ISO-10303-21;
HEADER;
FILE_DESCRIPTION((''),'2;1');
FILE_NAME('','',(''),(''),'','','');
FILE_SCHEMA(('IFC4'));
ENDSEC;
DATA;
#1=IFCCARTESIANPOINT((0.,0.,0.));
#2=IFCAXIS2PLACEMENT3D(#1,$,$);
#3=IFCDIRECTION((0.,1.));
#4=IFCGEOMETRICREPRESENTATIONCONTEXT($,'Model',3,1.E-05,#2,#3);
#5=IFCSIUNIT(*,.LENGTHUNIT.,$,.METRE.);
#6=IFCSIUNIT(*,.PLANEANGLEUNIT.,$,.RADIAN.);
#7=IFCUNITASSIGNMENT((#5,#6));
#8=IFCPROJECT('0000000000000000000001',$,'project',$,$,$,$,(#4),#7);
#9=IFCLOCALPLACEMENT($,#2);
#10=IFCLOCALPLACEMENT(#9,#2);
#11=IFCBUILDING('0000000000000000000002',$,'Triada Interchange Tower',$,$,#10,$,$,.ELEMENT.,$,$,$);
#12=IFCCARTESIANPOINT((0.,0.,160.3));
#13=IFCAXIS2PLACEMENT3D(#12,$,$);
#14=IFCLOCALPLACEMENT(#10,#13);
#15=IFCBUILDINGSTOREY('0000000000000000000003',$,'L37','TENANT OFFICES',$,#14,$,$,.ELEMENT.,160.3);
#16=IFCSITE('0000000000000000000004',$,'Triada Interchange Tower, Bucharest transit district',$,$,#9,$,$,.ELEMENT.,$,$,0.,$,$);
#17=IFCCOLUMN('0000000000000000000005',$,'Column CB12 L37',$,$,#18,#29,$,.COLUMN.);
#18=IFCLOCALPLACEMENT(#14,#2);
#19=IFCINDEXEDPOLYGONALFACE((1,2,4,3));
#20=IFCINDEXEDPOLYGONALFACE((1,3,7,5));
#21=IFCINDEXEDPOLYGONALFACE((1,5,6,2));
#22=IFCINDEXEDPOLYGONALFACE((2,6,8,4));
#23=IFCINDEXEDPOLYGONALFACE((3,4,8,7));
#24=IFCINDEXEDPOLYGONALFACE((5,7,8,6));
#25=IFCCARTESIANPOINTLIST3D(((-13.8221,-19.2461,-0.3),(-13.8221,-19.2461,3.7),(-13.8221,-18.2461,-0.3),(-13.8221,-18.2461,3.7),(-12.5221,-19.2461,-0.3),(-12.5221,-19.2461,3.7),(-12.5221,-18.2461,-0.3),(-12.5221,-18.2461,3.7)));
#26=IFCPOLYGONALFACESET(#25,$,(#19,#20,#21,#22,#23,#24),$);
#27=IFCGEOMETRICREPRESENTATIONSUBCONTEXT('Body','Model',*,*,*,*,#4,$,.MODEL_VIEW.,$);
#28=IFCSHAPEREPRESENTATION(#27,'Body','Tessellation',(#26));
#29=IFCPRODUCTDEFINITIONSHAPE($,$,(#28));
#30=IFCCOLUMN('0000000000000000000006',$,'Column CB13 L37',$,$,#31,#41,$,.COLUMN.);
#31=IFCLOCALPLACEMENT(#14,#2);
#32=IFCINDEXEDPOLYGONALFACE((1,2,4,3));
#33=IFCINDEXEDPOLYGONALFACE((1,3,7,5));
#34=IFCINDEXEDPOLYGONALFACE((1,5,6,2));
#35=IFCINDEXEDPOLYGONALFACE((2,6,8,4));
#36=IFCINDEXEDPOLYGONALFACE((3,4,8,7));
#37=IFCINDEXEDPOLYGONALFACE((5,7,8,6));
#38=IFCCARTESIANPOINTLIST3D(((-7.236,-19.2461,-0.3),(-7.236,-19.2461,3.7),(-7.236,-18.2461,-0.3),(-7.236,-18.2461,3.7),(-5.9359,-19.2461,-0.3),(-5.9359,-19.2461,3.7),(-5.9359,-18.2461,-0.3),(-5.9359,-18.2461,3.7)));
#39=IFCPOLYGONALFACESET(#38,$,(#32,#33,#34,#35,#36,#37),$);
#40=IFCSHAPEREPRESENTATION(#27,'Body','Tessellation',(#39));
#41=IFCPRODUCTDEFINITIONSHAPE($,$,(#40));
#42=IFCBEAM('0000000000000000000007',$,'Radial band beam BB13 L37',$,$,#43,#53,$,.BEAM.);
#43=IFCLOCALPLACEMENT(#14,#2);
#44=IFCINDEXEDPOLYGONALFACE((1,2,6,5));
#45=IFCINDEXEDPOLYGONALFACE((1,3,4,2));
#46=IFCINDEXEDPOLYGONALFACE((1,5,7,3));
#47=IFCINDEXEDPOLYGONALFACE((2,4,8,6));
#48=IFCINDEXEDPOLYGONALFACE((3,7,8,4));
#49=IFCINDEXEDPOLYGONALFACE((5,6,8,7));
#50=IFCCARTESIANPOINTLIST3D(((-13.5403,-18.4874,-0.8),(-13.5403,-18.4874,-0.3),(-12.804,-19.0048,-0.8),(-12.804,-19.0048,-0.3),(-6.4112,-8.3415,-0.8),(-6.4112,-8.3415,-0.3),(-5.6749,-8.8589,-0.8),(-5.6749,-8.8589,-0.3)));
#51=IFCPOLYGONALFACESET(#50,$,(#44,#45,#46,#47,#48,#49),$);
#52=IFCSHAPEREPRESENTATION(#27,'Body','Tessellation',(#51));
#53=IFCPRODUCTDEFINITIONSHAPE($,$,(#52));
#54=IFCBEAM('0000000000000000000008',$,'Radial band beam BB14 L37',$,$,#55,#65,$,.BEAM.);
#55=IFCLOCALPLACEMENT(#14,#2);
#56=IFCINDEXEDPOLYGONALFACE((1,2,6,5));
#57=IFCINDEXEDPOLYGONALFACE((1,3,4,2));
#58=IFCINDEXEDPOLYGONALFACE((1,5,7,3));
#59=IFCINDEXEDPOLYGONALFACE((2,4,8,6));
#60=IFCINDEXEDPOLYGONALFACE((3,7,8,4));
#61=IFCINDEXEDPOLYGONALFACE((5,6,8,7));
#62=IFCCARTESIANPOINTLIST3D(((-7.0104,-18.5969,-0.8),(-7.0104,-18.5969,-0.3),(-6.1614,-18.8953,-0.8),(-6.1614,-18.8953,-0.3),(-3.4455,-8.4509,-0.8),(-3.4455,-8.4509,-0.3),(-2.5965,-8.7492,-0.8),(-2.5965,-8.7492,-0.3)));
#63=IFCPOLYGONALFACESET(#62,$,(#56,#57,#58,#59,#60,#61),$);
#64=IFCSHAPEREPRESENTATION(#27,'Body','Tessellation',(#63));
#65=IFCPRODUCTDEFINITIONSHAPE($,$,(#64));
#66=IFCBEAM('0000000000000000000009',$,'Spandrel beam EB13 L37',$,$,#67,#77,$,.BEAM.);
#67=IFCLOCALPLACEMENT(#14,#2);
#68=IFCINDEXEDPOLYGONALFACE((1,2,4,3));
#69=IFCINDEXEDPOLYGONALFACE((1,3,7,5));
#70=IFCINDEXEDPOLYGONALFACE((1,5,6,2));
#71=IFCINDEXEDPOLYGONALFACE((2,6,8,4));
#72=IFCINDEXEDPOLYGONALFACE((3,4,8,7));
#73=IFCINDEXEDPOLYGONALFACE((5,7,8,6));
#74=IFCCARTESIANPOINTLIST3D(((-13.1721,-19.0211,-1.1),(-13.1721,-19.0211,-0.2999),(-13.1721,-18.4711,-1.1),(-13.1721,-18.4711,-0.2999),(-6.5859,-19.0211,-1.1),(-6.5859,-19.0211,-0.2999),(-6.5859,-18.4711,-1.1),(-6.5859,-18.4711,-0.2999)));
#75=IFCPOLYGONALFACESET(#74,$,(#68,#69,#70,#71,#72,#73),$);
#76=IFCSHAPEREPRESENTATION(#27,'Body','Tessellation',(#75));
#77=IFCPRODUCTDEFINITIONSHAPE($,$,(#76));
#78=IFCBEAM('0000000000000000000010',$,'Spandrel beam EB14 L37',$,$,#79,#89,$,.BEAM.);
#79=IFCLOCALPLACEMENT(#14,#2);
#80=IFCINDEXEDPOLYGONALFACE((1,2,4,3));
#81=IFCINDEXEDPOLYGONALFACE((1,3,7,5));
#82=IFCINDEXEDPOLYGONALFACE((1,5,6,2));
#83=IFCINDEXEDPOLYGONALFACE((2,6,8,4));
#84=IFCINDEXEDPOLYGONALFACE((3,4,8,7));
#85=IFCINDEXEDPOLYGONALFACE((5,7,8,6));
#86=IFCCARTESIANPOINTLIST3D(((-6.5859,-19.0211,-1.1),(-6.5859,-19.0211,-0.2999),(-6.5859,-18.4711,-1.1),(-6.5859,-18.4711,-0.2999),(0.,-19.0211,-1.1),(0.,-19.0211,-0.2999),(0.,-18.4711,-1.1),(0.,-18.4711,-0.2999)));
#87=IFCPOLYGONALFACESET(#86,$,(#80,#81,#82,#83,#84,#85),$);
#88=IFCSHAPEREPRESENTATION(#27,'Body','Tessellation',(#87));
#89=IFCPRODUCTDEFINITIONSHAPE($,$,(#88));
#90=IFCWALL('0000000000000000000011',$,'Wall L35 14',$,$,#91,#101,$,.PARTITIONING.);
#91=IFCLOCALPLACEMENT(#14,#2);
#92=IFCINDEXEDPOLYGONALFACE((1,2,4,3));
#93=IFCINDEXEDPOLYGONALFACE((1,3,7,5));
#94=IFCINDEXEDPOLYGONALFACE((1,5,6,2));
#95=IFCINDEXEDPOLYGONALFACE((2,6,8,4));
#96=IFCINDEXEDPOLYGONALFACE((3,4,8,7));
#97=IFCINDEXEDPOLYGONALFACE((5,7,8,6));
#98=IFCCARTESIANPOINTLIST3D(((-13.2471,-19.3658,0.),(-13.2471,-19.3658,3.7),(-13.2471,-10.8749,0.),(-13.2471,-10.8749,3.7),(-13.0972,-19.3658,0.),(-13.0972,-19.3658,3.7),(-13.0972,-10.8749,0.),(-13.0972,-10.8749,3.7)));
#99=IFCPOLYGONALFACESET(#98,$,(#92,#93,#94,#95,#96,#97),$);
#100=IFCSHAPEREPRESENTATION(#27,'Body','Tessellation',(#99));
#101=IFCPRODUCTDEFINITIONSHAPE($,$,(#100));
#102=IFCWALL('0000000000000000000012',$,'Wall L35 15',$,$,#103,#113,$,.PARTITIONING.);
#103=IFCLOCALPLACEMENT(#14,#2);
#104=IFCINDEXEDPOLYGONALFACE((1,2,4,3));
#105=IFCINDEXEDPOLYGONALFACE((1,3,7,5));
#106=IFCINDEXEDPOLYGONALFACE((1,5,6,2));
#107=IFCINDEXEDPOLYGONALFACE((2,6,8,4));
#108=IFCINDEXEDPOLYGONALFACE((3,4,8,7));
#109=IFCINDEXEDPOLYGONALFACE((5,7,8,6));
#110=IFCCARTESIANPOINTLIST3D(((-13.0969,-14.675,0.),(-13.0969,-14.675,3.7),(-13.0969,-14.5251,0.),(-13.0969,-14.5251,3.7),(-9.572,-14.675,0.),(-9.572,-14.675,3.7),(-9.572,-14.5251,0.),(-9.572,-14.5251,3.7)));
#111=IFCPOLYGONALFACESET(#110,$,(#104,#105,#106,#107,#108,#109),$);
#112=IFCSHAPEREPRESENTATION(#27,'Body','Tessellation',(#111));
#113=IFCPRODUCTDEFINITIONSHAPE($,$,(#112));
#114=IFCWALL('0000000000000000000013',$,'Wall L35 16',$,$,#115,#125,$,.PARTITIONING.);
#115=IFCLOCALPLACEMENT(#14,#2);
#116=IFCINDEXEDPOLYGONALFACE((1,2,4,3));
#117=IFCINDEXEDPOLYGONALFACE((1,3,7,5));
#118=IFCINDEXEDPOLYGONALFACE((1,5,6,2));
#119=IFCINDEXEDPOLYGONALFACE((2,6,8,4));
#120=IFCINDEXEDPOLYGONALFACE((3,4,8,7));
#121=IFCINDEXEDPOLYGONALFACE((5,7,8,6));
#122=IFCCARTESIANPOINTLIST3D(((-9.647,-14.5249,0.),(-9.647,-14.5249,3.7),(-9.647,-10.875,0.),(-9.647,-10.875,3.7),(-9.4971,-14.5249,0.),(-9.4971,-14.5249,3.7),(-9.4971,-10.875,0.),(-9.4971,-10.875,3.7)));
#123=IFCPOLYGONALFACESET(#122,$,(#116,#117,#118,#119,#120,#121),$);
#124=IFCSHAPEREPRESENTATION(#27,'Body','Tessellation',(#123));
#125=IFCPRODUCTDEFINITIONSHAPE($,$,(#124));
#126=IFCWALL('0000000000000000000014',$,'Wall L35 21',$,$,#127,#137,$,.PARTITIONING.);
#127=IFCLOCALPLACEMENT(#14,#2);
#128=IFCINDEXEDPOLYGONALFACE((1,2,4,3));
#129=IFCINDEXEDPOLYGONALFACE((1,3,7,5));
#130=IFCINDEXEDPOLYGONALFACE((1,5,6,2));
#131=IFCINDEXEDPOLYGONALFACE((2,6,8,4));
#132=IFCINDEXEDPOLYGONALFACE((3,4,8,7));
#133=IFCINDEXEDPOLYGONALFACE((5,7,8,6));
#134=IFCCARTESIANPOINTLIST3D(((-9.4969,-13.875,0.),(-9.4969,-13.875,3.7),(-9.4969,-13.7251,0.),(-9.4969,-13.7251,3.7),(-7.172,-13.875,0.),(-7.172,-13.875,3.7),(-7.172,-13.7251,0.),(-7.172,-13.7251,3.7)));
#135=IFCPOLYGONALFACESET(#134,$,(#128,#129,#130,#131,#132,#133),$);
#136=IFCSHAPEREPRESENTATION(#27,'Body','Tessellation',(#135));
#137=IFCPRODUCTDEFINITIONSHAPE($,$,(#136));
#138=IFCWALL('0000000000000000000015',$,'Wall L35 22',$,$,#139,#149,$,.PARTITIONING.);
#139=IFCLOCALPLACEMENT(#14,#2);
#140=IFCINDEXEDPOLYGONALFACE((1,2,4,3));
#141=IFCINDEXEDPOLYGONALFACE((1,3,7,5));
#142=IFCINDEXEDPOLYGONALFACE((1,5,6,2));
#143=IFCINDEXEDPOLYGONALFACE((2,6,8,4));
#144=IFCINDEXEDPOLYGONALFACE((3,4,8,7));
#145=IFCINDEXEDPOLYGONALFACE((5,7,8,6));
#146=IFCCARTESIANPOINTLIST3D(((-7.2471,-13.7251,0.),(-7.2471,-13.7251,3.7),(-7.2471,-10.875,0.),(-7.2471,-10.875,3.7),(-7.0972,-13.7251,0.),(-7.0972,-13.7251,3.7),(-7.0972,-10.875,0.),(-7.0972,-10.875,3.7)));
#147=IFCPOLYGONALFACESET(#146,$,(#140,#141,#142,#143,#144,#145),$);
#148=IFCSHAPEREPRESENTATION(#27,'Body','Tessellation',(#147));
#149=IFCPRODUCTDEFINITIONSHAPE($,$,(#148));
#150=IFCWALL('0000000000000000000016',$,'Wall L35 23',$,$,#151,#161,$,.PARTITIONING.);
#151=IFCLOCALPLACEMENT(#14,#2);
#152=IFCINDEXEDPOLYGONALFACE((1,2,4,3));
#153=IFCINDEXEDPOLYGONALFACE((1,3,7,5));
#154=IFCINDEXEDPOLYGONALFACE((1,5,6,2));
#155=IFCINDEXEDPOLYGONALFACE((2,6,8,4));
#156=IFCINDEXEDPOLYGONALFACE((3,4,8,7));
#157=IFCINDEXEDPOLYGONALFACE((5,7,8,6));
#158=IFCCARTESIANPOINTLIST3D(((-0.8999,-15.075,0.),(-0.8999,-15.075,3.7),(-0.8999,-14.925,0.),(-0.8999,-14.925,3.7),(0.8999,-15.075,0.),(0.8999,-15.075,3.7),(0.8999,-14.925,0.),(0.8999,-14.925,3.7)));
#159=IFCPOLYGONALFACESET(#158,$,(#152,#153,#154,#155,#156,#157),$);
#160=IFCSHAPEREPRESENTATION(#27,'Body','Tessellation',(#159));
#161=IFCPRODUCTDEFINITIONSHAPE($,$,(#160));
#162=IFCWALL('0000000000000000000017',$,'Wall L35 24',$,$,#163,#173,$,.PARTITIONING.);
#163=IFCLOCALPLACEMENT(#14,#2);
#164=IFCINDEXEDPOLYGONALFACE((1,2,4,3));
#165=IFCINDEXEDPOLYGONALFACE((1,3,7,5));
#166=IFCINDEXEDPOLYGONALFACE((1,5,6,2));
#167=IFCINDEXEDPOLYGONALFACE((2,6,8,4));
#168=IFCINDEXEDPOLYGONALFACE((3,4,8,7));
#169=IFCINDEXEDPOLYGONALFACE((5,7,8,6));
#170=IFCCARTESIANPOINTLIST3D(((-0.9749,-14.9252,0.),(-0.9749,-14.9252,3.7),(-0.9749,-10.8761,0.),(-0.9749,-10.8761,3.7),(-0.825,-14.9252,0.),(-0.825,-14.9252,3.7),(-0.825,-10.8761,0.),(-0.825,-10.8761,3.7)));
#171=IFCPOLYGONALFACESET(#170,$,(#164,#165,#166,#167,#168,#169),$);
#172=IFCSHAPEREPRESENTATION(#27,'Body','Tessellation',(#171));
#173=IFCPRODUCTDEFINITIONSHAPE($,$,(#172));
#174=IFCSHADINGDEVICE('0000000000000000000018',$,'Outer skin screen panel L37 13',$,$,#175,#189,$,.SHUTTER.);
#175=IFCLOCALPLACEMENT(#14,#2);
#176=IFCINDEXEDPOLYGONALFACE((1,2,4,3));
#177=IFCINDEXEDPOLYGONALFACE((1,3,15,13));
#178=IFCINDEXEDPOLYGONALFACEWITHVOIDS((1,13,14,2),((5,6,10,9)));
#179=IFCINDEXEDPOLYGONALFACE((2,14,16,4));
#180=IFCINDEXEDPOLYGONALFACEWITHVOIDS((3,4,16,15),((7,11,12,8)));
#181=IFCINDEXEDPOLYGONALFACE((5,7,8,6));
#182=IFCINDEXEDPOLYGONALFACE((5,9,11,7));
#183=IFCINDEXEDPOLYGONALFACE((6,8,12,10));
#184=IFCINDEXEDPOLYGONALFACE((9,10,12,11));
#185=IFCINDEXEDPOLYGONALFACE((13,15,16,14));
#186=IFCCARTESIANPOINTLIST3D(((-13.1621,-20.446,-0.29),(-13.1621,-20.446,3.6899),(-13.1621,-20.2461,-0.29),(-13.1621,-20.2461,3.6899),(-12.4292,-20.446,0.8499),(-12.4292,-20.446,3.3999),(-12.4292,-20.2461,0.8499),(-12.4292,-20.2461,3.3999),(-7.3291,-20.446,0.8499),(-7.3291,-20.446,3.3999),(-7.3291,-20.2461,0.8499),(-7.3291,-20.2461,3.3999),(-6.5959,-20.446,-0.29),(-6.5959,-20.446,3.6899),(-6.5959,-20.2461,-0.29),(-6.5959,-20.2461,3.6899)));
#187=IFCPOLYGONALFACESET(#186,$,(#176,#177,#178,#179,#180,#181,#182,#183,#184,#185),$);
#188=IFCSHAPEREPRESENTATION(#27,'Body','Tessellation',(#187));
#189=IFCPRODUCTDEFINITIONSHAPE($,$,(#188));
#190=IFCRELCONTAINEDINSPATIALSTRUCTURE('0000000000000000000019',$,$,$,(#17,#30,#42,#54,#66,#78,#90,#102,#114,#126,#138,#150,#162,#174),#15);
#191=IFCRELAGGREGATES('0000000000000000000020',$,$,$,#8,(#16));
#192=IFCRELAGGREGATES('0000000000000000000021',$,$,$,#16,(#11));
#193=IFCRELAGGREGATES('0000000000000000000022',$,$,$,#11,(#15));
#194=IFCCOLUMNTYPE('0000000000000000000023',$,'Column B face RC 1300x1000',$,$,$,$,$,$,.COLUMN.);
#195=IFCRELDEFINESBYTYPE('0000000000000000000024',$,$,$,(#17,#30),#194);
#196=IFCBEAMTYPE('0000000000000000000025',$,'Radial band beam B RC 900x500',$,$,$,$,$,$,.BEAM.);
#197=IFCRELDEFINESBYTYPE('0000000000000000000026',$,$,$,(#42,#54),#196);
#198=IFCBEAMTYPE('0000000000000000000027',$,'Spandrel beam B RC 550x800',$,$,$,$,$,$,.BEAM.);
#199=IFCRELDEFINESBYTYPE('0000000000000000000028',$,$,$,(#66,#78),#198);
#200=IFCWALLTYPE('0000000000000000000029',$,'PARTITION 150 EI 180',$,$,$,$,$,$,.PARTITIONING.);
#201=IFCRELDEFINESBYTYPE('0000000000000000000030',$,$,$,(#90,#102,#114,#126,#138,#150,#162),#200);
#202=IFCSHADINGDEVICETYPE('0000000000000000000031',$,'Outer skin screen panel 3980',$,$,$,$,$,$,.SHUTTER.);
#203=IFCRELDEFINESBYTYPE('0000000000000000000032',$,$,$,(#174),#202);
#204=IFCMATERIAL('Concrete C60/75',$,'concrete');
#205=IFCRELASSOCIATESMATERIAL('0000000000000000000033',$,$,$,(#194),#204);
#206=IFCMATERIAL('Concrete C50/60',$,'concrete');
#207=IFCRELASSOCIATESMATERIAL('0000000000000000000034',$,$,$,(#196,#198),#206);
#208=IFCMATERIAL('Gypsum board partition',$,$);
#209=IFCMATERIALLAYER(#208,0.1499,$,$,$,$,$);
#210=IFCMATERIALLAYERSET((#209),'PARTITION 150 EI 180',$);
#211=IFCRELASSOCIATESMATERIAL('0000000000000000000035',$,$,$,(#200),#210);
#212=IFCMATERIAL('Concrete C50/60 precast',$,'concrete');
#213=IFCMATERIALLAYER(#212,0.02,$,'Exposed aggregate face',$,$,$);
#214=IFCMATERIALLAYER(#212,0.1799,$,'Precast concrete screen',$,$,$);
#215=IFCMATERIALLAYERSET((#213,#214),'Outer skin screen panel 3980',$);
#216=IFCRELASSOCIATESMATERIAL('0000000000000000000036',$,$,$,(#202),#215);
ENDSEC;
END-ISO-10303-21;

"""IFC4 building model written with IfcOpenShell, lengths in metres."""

from ifc_helpers import new_model, si_unit, direction, frame, frame_2d, origin, origin_2d, place, context, subcontext, project, spatial, polyline, rectangle, outline, extrude, material, layer, layer_set, material_profile, profile_set, type_object, element, save


model = new_model("IFC4")

# Units and contexts
model_context = context("Model", 3, precision=1e-05, world=origin(), true_north=direction((0.0, 1.0)))
body_context = subcontext(model_context, "Body", "Model", "MODEL_VIEW")
ifc_project = project(units=[si_unit("LENGTHUNIT", "METRE"), si_unit("PLANEANGLEUNIT", "RADIAN")], contexts=[model_context])

# Site, building, storey
site_placement = place(None, origin())
site = spatial("IfcSite", under=ifc_project, at=site_placement, Name="Triada Interchange Tower, Bucharest transit district", CompositionType="ELEMENT", RefElevation=0.0)
building_placement = place(site_placement, origin())
building = spatial("IfcBuilding", under=site, at=building_placement, Name="Triada Interchange Tower", CompositionType="ELEMENT")
storey_placement = place(building_placement, frame((0.0, 0.0, 160.3)))
storey = spatial("IfcBuildingStorey", under=building, at=storey_placement, Name="L37", Description="TENANT OFFICES", CompositionType="ELEMENT", Elevation=160.3)

# Columns
ifc_material_1 = material(Name="Concrete C60/75", Category="concrete")
ifc_material_profile_1 = material_profile(ifc_material_1, rectangle(XDim=1.3, YDim=1.0, at=origin_2d()), Name="RC 1300x1000")
ifc_profile_set_1 = profile_set([ifc_material_profile_1], Name="Concrete C60/75")
column_type = type_object("IfcColumnType", Name="Column B face RC 1300x1000", PredefinedType="COLUMN", material=ifc_profile_set_1)
for number, where, z_axis, x_axis, name in (
    (1, (-13.1721, -18.7461, -0.3), (0.0, 0.0, 1.0), (1.0, 0.0, 0.0), "Column CB12 L37"),
    (2, (-6.5859, -18.7461, -0.3), (0.0, 0.0, 1.0), (1.0, 0.0, 0.0), "Column CB13 L37"),
):
    element("IfcColumn", number, at=place(storey_placement, frame(where, z_axis=z_axis, x_axis=x_axis)), inside=storey, type_object=column_type, Name=name, PredefinedType="COLUMN", context=body_context, shape_type="SweptSolid", body=[
        extrude(rectangle(XDim=1.3, YDim=1.0, at=origin_2d()), origin(), (0.0, 0.0, 1.0), 4.0),
    ])

# Beams
ifc_material_2 = material(Name="Concrete C50/60", Category="concrete")
ifc_material_profile_2 = material_profile(ifc_material_2, rectangle(XDim=0.8999, YDim=0.5, at=origin_2d()), Name="RC 900x500")
ifc_profile_set_2 = profile_set([ifc_material_profile_2], Name="Concrete C50/60")
beam_type_1 = type_object("IfcBeamType", Name="Radial band beam B RC 900x500", PredefinedType="BEAM", material=ifc_profile_set_2)
beam_1_placement = place(storey_placement, frame((-13.1721, -18.7461, -0.55), z_axis=(0.57492, 0.818209, 0.0), x_axis=(-0.818209, 0.57492, 0.0)))
element("IfcBeam", 3, at=beam_1_placement, inside=storey, type_object=beam_type_1, Name="Radial band beam BB13 L37", PredefinedType="BEAM", context=body_context, shape_type="SweptSolid", body=[
    extrude(rectangle(XDim=0.8999, YDim=0.5, at=origin_2d()), origin(), (0.0, 0.0, 1.0), 12.4001),
])
beam_2_placement = place(storey_placement, frame((-6.5859, -18.7461, -0.55), z_axis=(0.331497, 0.943456, 0.0), x_axis=(-0.943456, 0.331497, 0.0)))
element("IfcBeam", 4, at=beam_2_placement, inside=storey, type_object=beam_type_1, Name="Radial band beam BB14 L37", PredefinedType="BEAM", context=body_context, shape_type="SweptSolid", body=[
    extrude(rectangle(XDim=0.8999, YDim=0.5, at=origin_2d()), origin(), (0.0, 0.0, 1.0), 10.7542),
])
ifc_material_profile_3 = material_profile(ifc_material_2, rectangle(XDim=0.55, YDim=0.8, at=origin_2d()), Name="RC 550x800")
ifc_profile_set_3 = profile_set([ifc_material_profile_3], Name="Concrete C50/60")
beam_type_2 = type_object("IfcBeamType", Name="Spandrel beam B RC 550x800", PredefinedType="BEAM", material=ifc_profile_set_3)
beam_3_placement = place(storey_placement, frame((-13.1721, -18.7461, -0.7), z_axis=(1.0, 0.0, 0.0), x_axis=(0.0, 1.0, 0.0)))
element("IfcBeam", 5, at=beam_3_placement, inside=storey, type_object=beam_type_2, Name="Spandrel beam EB13 L37", PredefinedType="BEAM", context=body_context, shape_type="SweptSolid", body=[
    extrude(rectangle(XDim=0.55, YDim=0.8, at=origin_2d()), origin(), (0.0, 0.0, 1.0), 6.5862),
])
beam_4_placement = place(storey_placement, frame((-6.5859, -18.7461, -0.7), z_axis=(1.0, 0.0, 0.0), x_axis=(0.0, 1.0, 0.0)))
element("IfcBeam", 6, at=beam_4_placement, inside=storey, type_object=beam_type_2, Name="Spandrel beam EB14 L37", PredefinedType="BEAM", context=body_context, shape_type="SweptSolid", body=[
    extrude(rectangle(XDim=0.55, YDim=0.8, at=origin_2d()), origin(), (0.0, 0.0, 1.0), 6.5859),
])

# Walls
ifc_material_3 = material(Name="Gypsum board partition")
ifc_layer_1 = layer(ifc_material_3, 0.1499)
ifc_layer_set_1 = layer_set([ifc_layer_1], Name="PARTITION 150 EI 180")
wall_type = type_object("IfcWallType", Name="PARTITION 150 EI 180", PredefinedType="PARTITIONING", material=ifc_layer_set_1)
wall_1_placement = place(storey_placement, frame((-13.1721, -19.366, 0.0), z_axis=(0.0, 0.0, 1.0), x_axis=(0.0, 1.0, 0.0)))
element("IfcWall", 7, at=wall_1_placement, inside=storey, type_object=wall_type, Name="Wall L35 14", PredefinedType="PARTITIONING", context=body_context, shape_type="SweptSolid", body=[
    extrude(rectangle(XDim=8.491, YDim=0.1499, at=frame_2d((4.2456, 0.0))), origin(), (0.0, 0.0, 1.0), 3.7),
])
wall_2_placement = place(storey_placement, frame((-13.0969, -14.6001, 0.0), z_axis=(0.0, 0.0, 1.0), x_axis=(1.0, 0.0, 0.0)))
element("IfcWall", 8, at=wall_2_placement, inside=storey, type_object=wall_type, Name="Wall L35 15", PredefinedType="PARTITIONING", context=body_context, shape_type="SweptSolid", body=[
    extrude(rectangle(XDim=3.5249, YDim=0.1499, at=frame_2d((1.7625, 0.0))), origin(), (0.0, 0.0, 1.0), 3.7),
])
wall_3_placement = place(storey_placement, frame((-9.572, -14.5249, 0.0), z_axis=(0.0, 0.0, 1.0), x_axis=(0.0, 1.0, 0.0)))
element("IfcWall", 9, at=wall_3_placement, inside=storey, type_object=wall_type, Name="Wall L35 16", PredefinedType="PARTITIONING", context=body_context, shape_type="SweptSolid", body=[
    extrude(rectangle(XDim=3.6499, YDim=0.1499, at=frame_2d((1.825, 0.0))), origin(), (0.0, 0.0, 1.0), 3.7),
])
wall_4_placement = place(storey_placement, frame((-9.4971, -13.8, 0.0), z_axis=(0.0, 0.0, 1.0), x_axis=(1.0, 0.0, 0.0)))
element("IfcWall", 10, at=wall_4_placement, inside=storey, type_object=wall_type, Name="Wall L35 21", PredefinedType="PARTITIONING", context=body_context, shape_type="SweptSolid", body=[
    extrude(rectangle(XDim=2.325, YDim=0.1499, at=frame_2d((1.1626, 0.0))), origin(), (0.0, 0.0, 1.0), 3.7),
])
wall_5_placement = place(storey_placement, frame((-7.1721, -13.7251, 0.0), z_axis=(0.0, 0.0, 1.0), x_axis=(0.0, 1.0, 0.0)))
element("IfcWall", 11, at=wall_5_placement, inside=storey, type_object=wall_type, Name="Wall L35 22", PredefinedType="PARTITIONING", context=body_context, shape_type="SweptSolid", body=[
    extrude(rectangle(XDim=2.8501, YDim=0.1499, at=frame_2d((1.425, 0.0))), origin(), (0.0, 0.0, 1.0), 3.7),
])
wall_6_placement = place(storey_placement, frame((-0.8999, -15.0, 0.0), z_axis=(0.0, 0.0, 1.0), x_axis=(1.0, 0.0, 0.0)))
element("IfcWall", 12, at=wall_6_placement, inside=storey, type_object=wall_type, Name="Wall L35 23", PredefinedType="PARTITIONING", context=body_context, shape_type="SweptSolid", body=[
    extrude(rectangle(XDim=1.7998, YDim=0.1499, at=frame_2d((0.8999, 0.0))), origin(), (0.0, 0.0, 1.0), 3.7),
])
wall_7_placement = place(storey_placement, frame((-0.8999, -14.925, 0.0), z_axis=(0.0, 0.0, 1.0), x_axis=(0.0, 1.0, 0.0)))
element("IfcWall", 13, at=wall_7_placement, inside=storey, type_object=wall_type, Name="Wall L35 24", PredefinedType="PARTITIONING", context=body_context, shape_type="SweptSolid", body=[
    extrude(rectangle(XDim=4.0491, YDim=0.1499, at=frame_2d((2.0244, 0.0))), origin(), (0.0, 0.0, 1.0), 3.7),
])

# Shading device
ifc_material_4 = material(Name="Concrete C50/60 precast", Category="concrete")
ifc_layer_2 = layer(ifc_material_4, 0.02, Name="Exposed aggregate face")
ifc_layer_3 = layer(ifc_material_4, 0.1799, Name="Precast concrete screen")
ifc_layer_set_2 = layer_set([ifc_layer_2, ifc_layer_3], Name="Outer skin screen panel 3980")
shading_device_type = type_object("IfcShadingDeviceType", Name="Outer skin screen panel 3980", PredefinedType="SHUTTER", material=ifc_layer_set_2)
shading_device_1_placement = place(storey_placement, frame((-13.1621, -20.2461, -0.29), z_axis=(0.0, 0.0, 1.0), x_axis=(1.0, 0.0, 0.0)))
element("IfcShadingDevice", 14, at=shading_device_1_placement, inside=storey, type_object=shading_device_type, Name="Outer skin screen panel L37 13", PredefinedType="SHUTTER", context=body_context, shape_type="SweptSolid", body=[
    extrude(outline(polyline([(0.0, 0.0), (6.5662, 0.0), (6.5662, 3.98), (0.0, 3.98), (0.0, 0.0)]), holes=[polyline([(0.7329, 1.1399), (0.7329, 3.6899), (5.833, 3.6899), (5.833, 1.1399), (0.7329, 1.1399)])]), frame((0.0, 0.0, 0.0), z_axis=(0.0, -1.0, 0.0), x_axis=(1.0, 0.0, 0.0)), (0.0, 0.0, 1.0), 0.2),
])

save(model, "model.ifc")
